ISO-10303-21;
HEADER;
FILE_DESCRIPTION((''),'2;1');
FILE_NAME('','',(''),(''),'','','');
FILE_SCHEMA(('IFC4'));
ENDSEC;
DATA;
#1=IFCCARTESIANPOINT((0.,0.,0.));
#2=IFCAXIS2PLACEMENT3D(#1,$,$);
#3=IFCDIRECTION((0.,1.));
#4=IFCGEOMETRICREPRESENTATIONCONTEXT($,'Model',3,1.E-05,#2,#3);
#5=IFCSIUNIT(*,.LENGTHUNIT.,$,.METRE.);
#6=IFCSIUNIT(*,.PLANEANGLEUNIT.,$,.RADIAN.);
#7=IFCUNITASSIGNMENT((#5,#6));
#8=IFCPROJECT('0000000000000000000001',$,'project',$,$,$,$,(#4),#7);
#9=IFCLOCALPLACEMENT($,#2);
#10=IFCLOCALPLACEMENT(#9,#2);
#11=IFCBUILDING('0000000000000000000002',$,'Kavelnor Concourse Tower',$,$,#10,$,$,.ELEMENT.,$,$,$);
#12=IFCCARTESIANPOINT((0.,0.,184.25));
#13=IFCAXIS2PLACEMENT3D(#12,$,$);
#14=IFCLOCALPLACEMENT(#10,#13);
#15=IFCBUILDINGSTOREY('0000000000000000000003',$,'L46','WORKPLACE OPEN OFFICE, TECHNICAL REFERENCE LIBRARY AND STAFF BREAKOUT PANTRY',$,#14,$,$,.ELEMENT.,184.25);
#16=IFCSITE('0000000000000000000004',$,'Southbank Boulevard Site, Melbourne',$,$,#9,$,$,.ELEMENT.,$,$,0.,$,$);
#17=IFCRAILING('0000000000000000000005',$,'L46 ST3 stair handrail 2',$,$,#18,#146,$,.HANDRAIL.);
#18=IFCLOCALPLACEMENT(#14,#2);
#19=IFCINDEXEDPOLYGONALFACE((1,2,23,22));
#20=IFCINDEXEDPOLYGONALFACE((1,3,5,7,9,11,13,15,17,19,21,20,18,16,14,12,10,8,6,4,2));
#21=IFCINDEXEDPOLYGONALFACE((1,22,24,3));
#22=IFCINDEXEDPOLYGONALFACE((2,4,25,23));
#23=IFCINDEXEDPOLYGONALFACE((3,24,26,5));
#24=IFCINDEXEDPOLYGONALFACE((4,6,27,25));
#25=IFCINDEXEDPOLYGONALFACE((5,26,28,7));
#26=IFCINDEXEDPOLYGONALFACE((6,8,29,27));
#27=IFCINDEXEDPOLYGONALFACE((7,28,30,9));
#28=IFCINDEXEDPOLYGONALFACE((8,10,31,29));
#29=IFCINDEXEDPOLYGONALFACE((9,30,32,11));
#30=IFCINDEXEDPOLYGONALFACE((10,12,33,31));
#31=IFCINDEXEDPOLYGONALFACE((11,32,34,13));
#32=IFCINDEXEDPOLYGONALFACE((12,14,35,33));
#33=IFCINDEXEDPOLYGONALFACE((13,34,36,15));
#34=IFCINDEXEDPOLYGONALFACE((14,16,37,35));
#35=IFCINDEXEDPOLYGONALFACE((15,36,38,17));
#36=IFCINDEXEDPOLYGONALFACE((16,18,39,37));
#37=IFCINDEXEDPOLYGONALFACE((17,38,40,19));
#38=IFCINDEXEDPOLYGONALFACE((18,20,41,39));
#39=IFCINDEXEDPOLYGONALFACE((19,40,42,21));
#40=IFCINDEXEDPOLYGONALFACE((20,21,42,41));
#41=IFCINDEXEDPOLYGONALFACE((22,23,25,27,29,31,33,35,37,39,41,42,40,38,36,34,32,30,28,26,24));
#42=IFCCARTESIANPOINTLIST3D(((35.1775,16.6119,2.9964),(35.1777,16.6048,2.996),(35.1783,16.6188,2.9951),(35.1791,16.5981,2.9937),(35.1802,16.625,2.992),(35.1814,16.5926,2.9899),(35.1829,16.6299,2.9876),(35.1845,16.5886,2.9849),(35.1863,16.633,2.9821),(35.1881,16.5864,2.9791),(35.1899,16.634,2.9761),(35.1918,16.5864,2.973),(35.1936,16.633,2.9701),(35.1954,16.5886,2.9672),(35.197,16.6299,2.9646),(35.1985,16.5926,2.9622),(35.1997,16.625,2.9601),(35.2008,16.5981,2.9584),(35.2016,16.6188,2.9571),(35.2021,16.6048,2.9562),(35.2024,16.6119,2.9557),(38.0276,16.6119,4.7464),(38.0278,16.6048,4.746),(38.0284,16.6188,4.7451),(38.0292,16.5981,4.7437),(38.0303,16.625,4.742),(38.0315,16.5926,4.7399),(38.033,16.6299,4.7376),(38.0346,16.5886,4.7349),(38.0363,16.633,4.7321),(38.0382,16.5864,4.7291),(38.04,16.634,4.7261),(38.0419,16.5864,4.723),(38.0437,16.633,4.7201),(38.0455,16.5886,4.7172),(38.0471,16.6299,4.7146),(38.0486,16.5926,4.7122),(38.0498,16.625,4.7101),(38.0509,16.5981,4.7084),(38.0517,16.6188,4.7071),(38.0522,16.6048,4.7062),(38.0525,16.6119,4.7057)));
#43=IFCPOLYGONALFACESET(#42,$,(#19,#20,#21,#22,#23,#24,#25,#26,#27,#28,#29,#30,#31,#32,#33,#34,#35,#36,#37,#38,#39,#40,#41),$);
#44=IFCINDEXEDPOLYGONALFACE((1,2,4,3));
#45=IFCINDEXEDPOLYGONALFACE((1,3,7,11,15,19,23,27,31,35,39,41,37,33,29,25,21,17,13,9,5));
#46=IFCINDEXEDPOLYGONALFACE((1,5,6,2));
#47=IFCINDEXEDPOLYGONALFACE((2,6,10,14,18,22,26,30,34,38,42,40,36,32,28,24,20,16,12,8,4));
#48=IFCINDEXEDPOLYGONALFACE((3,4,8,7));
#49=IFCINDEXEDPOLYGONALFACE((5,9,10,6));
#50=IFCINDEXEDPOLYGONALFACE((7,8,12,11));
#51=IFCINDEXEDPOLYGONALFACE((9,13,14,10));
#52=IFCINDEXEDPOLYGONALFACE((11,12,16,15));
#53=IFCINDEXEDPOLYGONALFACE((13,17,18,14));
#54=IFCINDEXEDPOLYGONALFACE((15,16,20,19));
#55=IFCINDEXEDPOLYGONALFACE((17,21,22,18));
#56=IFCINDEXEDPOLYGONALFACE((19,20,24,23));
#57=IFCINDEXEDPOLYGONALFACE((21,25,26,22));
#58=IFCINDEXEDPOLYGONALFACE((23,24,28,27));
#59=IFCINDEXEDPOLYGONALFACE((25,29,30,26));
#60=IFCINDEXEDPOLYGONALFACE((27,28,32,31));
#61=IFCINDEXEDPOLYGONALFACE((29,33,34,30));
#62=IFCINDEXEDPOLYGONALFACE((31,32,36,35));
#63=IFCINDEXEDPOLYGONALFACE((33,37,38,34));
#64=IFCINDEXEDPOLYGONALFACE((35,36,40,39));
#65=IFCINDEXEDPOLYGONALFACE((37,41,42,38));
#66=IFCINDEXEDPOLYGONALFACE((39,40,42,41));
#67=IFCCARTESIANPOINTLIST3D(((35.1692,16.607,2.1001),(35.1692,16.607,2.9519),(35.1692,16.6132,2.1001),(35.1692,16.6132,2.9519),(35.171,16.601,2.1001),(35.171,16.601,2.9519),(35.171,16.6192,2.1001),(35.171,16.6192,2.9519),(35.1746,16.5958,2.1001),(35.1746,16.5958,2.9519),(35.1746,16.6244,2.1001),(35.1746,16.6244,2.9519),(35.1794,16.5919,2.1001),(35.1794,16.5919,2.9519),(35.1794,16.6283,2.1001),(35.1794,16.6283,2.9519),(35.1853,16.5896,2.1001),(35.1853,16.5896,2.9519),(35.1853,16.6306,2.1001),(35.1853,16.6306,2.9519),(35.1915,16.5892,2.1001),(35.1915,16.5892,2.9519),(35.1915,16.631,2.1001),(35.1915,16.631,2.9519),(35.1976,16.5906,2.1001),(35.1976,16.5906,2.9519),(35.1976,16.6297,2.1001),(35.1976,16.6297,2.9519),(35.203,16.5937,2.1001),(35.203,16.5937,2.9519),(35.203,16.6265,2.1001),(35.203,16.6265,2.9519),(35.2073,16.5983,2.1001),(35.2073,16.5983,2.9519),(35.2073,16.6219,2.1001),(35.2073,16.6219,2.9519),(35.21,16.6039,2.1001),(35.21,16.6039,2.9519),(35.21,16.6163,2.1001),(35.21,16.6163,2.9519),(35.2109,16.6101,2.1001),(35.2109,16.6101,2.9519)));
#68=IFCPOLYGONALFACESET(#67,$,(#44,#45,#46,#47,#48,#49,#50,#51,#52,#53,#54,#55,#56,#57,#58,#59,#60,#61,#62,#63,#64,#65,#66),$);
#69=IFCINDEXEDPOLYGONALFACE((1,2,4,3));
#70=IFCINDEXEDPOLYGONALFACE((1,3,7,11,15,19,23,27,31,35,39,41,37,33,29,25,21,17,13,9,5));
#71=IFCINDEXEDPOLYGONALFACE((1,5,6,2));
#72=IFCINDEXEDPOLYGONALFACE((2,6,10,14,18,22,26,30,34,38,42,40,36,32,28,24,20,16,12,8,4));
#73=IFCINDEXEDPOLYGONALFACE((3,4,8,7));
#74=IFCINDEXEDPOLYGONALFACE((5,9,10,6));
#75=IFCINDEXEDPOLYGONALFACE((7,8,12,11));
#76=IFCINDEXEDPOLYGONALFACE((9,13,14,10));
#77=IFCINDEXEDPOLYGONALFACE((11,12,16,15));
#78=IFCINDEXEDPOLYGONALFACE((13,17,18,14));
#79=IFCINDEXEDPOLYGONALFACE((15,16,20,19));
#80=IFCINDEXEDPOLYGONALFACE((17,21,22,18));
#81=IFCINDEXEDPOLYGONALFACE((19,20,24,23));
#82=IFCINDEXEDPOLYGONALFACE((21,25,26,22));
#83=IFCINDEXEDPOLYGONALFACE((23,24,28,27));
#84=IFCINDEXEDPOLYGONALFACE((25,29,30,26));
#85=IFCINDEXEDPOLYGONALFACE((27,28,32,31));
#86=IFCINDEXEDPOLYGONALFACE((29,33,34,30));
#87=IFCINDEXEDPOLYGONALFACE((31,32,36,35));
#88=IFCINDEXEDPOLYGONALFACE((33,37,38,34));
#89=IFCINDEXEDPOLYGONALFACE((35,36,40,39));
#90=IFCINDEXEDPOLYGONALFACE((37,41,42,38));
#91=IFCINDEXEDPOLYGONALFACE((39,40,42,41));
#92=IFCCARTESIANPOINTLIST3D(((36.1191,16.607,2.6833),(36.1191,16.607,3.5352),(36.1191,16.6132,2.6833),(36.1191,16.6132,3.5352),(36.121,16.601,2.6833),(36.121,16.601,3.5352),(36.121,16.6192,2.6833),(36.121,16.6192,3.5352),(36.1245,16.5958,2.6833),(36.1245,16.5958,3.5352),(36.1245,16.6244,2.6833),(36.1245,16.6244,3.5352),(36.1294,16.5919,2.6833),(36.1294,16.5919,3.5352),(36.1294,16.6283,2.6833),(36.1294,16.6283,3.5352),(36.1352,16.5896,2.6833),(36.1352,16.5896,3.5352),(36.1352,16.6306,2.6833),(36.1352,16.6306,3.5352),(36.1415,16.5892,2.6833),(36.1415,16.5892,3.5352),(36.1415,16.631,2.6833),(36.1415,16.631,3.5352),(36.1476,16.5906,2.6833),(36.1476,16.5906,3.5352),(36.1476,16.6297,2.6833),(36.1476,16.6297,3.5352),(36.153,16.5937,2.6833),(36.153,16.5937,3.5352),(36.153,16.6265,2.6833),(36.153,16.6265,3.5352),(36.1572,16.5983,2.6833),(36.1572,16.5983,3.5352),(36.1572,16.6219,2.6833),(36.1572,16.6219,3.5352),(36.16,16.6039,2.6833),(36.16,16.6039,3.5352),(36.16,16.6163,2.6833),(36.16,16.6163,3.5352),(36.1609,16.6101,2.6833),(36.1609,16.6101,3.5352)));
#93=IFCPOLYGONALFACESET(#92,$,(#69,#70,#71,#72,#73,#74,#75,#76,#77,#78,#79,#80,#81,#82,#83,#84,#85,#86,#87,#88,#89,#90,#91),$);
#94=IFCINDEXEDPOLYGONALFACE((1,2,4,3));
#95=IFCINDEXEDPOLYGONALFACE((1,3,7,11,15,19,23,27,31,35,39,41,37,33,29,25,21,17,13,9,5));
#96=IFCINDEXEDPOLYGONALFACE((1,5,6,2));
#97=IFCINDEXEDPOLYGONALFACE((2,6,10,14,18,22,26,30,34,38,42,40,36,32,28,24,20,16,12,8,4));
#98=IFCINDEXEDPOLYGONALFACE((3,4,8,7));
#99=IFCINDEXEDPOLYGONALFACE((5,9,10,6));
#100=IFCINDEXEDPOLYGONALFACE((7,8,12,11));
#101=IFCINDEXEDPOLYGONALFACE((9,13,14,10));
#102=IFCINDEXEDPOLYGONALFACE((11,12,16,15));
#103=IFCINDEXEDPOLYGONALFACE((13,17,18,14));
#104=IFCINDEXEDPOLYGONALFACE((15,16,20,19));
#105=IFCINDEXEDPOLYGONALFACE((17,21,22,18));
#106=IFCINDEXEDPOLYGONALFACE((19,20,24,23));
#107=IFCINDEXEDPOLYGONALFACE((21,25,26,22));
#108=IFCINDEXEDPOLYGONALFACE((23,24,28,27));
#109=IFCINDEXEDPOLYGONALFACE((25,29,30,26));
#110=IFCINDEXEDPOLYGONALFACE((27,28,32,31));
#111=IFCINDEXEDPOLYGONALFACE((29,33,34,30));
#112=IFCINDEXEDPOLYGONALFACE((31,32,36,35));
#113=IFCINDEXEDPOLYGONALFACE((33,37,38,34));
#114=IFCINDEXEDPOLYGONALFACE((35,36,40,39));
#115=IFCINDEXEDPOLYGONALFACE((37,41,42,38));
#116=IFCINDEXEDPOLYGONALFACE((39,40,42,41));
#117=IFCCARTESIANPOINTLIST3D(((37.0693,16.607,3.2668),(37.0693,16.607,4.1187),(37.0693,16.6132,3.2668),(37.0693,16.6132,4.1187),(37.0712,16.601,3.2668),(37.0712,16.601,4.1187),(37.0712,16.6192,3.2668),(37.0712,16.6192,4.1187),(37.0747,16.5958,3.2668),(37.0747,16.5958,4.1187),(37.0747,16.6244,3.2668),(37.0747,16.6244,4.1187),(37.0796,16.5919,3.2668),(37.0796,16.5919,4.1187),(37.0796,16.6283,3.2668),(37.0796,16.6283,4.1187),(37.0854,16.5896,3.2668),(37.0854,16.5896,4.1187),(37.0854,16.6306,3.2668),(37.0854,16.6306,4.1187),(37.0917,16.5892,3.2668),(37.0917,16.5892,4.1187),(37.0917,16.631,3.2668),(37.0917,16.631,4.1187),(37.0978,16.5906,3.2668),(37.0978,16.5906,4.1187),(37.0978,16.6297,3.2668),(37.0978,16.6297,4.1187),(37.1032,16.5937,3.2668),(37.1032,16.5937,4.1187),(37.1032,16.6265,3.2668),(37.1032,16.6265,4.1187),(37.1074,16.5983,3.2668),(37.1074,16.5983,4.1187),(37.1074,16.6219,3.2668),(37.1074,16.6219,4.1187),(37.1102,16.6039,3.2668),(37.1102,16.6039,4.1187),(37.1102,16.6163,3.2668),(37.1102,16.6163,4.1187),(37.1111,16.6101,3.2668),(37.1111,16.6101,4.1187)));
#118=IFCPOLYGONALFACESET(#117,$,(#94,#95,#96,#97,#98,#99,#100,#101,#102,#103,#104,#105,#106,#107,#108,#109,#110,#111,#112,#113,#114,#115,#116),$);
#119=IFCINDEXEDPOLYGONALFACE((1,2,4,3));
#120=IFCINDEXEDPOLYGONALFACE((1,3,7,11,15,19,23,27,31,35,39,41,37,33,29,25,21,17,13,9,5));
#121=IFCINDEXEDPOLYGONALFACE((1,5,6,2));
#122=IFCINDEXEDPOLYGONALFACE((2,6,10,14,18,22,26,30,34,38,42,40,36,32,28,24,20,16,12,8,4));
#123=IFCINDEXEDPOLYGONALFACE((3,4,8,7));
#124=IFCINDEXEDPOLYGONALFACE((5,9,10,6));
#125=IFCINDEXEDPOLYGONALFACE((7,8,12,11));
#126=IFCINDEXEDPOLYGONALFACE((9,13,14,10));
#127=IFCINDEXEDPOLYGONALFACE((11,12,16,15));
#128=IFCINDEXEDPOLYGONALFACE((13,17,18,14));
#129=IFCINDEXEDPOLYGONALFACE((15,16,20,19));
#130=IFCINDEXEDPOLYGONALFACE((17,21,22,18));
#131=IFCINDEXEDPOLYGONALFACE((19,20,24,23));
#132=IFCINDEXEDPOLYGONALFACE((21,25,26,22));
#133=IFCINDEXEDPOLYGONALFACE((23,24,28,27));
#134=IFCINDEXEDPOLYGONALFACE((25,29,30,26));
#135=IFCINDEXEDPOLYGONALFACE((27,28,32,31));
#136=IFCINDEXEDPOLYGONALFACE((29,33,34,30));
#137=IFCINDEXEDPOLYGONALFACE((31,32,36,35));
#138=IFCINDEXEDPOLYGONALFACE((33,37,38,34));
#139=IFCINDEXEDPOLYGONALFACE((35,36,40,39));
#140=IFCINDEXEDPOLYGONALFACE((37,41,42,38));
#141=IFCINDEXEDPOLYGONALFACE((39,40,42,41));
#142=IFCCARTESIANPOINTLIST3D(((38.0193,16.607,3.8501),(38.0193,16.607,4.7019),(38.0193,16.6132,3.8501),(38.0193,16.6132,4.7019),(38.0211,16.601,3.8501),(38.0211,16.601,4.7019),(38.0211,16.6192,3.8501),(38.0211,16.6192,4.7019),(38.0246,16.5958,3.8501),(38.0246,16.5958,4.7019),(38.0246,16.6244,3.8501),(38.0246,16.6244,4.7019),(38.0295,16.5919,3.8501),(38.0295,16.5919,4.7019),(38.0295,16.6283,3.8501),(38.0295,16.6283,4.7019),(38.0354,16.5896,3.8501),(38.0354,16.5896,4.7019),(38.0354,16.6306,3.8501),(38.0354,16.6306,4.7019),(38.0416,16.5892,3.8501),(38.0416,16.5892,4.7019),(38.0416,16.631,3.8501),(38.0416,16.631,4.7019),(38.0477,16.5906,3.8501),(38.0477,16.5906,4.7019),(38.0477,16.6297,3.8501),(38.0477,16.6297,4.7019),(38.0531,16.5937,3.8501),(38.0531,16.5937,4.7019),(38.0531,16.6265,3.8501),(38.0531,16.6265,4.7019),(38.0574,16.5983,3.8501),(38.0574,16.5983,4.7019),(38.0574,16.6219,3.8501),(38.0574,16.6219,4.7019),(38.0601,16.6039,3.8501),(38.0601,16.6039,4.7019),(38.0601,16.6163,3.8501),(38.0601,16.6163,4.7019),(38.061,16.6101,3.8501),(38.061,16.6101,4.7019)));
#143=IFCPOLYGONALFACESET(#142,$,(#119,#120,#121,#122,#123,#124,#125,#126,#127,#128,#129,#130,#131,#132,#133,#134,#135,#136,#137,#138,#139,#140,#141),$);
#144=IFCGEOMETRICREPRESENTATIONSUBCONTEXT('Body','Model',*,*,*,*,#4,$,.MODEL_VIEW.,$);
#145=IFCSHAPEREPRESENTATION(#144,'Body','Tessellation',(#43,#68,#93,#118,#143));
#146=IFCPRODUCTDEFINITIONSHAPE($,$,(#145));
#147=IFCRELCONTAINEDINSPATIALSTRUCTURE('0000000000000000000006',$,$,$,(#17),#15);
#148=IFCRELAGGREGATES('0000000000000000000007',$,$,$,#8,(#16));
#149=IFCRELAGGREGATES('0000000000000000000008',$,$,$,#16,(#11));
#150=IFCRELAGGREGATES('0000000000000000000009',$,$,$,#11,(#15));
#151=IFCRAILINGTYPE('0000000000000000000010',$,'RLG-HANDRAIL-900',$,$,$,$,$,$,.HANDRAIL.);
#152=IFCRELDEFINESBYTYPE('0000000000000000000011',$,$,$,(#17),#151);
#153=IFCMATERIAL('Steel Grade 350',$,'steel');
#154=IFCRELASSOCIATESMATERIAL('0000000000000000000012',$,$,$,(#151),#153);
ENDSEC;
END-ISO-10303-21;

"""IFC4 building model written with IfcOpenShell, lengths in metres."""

from ifc_helpers import new_model, si_unit, direction, frame, origin, origin_2d, place, context, subcontext, project, spatial, circle, extrude, material, type_object, element, save


model = new_model("IFC4")

# Units and contexts
model_context = context("Model", 3, precision=1e-05, world=origin(), true_north=direction((0.0, 1.0)))
body_context = subcontext(model_context, "Body", "Model", "MODEL_VIEW")
ifc_project = project(units=[si_unit("LENGTHUNIT", "METRE"), si_unit("PLANEANGLEUNIT", "RADIAN")], contexts=[model_context])

# Site, building, storey
site_placement = place(None, origin())
site = spatial("IfcSite", under=ifc_project, at=site_placement, Name="Southbank Boulevard Site, Melbourne", CompositionType="ELEMENT", RefElevation=0.0)
building_placement = place(site_placement, origin())
building = spatial("IfcBuilding", under=site, at=building_placement, Name="Kavelnor Concourse Tower", CompositionType="ELEMENT")
storey_placement = place(building_placement, frame((0.0, 0.0, 184.25)))
storey = spatial("IfcBuildingStorey", under=building, at=storey_placement, Name="L46", Description="WORKPLACE OPEN OFFICE, TECHNICAL REFERENCE LIBRARY AND STAFF BREAKOUT PANTRY", CompositionType="ELEMENT", Elevation=184.25)

# Shared definitions
ifc_material_1 = material(Name="Steel Grade 350", Category="steel")

# Railing
railing_type_1 = type_object("IfcRailingType", Name="RLG-HANDRAIL-900", PredefinedType="HANDRAIL", material=ifc_material_1)
railing_1_placement = place(storey_placement, frame((35.1899, 16.6101, 2.1001)))
element("IfcRailing", 1, at=railing_1_placement, inside=storey, type_object=railing_type_1, Name="L46 ST3 stair handrail 2", PredefinedType="HANDRAIL", context=body_context, shape_type="SweptSolid", body=[
    extrude(circle(Radius=0.0239, at=origin_2d()), frame((0.0, 0.0, 0.876), z_axis=(0.852179, 0.0, 0.52325), x_axis=(0.0, 1.0, 0.0)), (0.0, 0.0, 1.0), 3.3445),
    extrude(circle(Radius=0.021, at=origin_2d()), origin(), (0.0, 0.0, 1.0), 0.8518),
    extrude(circle(Radius=0.021, at=origin_2d()), frame((0.95, 0.0, 0.5833)), (0.0, 0.0, 1.0), 0.8518),
    extrude(circle(Radius=0.021, at=origin_2d()), frame((1.9001, 0.0, 1.1667)), (0.0, 0.0, 1.0), 0.8518),
    extrude(circle(Radius=0.021, at=origin_2d()), frame((2.8501, 0.0, 1.75)), (0.0, 0.0, 1.0), 0.8518),
])

save(model, "model.ifc")
